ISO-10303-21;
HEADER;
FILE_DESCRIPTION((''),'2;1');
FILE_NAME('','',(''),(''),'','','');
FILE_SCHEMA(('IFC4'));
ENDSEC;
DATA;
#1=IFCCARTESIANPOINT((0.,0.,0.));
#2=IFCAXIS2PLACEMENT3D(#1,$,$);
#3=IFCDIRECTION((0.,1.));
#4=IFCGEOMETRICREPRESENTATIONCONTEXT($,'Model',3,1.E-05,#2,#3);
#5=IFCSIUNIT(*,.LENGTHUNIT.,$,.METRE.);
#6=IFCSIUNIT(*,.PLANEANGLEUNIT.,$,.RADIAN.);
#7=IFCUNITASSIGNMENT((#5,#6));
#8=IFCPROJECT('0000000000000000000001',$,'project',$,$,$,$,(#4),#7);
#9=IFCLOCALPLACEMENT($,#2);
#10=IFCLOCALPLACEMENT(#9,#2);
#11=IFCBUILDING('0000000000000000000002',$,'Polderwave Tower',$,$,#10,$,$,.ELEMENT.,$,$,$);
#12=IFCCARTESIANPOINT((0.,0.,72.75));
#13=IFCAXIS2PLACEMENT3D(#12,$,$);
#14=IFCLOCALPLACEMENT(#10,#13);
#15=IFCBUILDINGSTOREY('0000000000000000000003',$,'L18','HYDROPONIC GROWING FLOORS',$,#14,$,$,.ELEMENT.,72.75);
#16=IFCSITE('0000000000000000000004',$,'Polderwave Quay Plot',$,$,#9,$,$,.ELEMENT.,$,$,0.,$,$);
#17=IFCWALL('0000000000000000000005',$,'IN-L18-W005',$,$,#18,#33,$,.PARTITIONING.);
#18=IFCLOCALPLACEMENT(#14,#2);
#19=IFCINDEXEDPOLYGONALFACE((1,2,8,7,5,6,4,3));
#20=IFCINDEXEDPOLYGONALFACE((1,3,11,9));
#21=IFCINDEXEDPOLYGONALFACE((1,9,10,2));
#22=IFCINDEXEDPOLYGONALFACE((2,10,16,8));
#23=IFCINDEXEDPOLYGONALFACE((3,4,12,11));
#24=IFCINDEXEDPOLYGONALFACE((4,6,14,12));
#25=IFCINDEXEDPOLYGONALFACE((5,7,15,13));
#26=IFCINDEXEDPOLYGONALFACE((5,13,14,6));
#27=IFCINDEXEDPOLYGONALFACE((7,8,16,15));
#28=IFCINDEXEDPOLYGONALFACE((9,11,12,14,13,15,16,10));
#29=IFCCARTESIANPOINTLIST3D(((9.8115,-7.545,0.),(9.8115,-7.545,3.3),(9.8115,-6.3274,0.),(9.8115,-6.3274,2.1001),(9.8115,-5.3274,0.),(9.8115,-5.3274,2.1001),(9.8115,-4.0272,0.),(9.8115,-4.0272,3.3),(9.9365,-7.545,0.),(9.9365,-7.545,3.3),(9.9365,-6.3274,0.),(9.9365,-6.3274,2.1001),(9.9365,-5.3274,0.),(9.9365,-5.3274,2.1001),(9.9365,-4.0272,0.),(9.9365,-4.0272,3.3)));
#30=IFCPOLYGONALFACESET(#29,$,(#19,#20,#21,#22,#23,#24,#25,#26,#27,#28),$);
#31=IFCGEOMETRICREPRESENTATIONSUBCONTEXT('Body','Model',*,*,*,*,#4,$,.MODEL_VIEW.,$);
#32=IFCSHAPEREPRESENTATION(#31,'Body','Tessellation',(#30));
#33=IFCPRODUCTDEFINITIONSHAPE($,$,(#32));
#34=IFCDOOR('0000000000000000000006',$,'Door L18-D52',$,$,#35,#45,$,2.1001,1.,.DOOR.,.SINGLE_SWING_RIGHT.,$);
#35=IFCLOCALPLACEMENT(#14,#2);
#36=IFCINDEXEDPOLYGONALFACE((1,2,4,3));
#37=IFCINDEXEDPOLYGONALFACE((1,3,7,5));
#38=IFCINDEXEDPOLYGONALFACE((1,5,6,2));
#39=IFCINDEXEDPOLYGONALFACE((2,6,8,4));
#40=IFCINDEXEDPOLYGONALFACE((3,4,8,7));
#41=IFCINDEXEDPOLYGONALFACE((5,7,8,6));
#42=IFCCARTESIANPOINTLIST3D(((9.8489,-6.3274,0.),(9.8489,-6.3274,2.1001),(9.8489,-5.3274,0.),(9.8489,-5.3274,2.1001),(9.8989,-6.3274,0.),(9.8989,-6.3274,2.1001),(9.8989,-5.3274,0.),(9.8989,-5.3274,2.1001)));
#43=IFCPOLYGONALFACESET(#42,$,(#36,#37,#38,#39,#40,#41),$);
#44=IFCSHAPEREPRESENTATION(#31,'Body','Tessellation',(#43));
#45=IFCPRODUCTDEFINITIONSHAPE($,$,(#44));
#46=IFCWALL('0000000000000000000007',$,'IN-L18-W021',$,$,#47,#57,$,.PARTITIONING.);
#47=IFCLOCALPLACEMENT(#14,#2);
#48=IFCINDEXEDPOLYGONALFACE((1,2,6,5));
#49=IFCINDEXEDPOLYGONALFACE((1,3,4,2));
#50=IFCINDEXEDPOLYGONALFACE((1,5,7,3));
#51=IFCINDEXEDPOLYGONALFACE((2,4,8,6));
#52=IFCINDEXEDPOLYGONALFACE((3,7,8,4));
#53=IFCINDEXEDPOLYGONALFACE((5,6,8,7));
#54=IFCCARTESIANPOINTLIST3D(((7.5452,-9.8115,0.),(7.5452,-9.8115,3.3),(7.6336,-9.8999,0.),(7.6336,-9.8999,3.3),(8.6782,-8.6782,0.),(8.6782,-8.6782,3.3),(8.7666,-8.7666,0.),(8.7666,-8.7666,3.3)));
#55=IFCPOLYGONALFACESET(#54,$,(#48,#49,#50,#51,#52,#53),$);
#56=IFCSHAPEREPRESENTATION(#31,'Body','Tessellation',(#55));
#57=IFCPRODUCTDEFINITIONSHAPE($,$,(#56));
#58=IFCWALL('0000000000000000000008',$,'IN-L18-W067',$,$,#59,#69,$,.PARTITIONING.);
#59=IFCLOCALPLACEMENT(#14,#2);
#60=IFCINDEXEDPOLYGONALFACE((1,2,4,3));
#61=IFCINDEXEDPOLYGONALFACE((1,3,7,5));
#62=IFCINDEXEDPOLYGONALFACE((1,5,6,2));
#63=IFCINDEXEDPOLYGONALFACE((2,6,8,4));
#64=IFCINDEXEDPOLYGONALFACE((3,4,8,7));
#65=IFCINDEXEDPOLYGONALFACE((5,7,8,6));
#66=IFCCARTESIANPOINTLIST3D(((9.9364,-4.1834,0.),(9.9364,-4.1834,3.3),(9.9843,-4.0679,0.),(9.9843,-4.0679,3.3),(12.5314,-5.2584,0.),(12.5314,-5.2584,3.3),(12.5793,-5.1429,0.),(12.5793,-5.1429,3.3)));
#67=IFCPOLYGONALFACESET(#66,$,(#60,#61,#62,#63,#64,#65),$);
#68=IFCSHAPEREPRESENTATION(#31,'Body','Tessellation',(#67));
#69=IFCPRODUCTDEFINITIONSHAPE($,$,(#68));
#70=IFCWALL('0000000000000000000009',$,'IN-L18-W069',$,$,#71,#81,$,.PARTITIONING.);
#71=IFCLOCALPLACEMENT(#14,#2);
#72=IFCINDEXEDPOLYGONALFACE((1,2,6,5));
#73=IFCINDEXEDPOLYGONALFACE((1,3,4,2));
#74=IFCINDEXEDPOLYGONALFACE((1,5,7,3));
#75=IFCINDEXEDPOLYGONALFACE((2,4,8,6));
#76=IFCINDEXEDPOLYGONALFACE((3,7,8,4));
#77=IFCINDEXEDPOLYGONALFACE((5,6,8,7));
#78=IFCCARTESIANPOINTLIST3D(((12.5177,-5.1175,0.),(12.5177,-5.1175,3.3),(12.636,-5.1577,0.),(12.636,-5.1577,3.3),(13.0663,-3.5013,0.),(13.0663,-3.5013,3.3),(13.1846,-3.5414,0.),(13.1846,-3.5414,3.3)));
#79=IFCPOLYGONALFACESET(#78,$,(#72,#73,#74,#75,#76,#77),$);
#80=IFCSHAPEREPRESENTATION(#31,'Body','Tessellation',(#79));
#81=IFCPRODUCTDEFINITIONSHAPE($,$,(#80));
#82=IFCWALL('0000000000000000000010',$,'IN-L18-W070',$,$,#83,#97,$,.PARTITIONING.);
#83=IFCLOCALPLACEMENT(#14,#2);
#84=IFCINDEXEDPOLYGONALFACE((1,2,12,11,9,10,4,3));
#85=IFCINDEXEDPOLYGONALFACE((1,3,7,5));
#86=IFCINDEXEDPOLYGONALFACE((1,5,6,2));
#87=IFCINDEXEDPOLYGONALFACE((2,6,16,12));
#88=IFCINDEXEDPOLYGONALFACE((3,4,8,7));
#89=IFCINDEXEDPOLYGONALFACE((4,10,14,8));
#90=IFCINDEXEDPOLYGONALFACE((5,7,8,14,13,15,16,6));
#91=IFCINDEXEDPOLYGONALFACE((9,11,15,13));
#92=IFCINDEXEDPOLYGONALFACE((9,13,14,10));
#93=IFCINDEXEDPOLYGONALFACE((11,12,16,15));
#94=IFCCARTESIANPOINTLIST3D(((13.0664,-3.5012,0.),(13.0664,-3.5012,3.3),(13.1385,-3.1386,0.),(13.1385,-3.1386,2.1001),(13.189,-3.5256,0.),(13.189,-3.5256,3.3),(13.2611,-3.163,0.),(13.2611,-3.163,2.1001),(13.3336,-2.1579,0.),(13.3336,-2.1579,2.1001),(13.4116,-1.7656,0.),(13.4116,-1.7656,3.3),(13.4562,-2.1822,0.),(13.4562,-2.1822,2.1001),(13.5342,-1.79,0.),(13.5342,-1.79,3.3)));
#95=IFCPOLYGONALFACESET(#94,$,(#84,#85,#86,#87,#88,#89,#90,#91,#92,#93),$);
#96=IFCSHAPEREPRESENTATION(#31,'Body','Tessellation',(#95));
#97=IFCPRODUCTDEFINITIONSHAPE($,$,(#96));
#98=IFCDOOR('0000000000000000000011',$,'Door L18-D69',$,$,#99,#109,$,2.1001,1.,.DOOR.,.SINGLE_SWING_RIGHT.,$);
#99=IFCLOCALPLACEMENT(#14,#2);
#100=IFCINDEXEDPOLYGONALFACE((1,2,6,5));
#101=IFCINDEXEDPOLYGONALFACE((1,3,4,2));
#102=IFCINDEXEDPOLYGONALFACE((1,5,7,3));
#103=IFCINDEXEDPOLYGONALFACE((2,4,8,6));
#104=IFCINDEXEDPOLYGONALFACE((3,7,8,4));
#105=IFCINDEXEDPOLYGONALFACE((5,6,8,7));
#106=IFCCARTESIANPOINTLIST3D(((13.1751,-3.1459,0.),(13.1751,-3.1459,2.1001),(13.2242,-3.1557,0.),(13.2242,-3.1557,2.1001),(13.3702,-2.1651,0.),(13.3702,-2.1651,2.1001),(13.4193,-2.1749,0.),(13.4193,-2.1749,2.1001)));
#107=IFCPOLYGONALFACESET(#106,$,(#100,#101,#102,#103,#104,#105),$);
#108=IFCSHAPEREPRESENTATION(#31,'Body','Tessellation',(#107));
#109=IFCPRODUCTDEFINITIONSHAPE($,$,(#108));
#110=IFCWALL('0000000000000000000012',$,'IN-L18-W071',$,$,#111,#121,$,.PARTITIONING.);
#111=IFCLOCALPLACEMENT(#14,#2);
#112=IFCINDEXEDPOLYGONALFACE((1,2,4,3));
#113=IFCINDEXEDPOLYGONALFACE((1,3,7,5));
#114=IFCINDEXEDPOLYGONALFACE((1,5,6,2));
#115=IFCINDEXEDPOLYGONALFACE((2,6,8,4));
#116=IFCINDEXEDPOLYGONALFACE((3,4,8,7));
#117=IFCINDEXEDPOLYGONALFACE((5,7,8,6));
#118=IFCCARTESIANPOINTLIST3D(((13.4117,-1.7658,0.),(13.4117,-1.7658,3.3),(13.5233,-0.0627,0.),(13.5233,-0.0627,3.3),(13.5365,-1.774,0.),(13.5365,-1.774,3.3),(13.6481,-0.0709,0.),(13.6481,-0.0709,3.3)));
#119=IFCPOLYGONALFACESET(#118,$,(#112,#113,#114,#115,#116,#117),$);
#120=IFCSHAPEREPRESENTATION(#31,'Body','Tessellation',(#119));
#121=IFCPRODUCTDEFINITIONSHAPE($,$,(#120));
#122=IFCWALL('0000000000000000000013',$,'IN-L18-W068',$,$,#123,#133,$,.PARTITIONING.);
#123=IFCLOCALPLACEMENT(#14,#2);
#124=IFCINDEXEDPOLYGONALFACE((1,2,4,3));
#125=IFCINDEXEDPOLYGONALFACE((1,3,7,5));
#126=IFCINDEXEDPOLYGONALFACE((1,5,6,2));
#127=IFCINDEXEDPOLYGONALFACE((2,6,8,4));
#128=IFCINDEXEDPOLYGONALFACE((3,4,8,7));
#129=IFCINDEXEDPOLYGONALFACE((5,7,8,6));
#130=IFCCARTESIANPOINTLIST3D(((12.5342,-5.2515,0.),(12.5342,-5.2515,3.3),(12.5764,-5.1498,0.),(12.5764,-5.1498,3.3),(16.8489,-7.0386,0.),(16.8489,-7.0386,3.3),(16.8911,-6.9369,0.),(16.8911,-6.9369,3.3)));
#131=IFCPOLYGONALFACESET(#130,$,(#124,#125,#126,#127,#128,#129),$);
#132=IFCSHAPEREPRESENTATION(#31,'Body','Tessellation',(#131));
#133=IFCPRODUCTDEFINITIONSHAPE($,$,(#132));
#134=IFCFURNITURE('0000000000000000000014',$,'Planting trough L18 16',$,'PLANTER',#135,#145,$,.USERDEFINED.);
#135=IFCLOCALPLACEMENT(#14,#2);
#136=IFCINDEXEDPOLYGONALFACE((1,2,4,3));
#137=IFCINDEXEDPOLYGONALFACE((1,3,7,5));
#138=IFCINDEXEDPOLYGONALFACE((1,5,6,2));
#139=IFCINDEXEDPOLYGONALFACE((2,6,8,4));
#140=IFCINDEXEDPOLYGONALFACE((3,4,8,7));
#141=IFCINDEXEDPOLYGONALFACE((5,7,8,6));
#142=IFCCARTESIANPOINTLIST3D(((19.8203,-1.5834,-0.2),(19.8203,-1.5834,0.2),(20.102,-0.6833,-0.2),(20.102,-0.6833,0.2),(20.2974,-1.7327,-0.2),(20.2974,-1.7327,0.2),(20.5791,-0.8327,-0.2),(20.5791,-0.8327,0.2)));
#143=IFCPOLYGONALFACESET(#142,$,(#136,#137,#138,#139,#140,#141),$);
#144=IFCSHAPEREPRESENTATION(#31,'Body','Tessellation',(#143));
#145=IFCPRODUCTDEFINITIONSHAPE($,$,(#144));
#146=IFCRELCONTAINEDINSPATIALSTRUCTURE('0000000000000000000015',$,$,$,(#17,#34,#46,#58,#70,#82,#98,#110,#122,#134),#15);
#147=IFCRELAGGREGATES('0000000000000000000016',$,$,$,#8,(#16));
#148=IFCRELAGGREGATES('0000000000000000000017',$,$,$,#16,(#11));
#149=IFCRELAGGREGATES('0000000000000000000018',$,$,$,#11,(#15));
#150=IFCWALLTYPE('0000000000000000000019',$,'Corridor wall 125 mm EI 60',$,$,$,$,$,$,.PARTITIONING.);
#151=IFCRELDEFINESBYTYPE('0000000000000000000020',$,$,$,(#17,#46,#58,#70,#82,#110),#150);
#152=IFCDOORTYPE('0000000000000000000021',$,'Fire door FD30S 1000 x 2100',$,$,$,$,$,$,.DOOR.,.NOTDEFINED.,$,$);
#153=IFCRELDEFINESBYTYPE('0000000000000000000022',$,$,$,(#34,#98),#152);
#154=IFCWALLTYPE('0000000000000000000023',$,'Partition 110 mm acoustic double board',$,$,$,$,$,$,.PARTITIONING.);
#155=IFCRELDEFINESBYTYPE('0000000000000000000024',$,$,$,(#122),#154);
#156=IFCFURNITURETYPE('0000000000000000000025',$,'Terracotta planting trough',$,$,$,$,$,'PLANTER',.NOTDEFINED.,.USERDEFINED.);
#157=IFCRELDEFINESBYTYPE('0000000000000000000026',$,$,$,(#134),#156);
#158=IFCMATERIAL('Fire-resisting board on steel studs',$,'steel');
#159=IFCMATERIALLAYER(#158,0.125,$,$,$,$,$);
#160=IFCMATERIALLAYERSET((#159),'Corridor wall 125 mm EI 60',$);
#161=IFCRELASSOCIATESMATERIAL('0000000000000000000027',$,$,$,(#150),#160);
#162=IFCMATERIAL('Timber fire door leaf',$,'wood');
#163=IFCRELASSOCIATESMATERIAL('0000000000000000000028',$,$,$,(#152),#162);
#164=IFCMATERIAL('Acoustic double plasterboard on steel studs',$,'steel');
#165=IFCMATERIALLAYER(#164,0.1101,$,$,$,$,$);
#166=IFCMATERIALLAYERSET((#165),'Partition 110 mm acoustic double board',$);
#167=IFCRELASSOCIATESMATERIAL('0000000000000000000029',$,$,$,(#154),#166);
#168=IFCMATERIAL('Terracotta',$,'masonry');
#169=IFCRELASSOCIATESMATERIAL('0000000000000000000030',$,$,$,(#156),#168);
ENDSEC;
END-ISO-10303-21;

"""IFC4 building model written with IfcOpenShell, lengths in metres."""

from ifc_helpers import new_model, si_unit, direction, frame, frame_2d, origin, origin_2d, place, context, subcontext, project, spatial, rectangle, extrude, material, layer, layer_set, type_object, element, fill, save


model = new_model("IFC4")

# Units and contexts
model_context = context("Model", 3, precision=1e-05, world=origin(), true_north=direction((0.0, 1.0)))
body_context = subcontext(model_context, "Body", "Model", "MODEL_VIEW")
ifc_project = project(units=[si_unit("LENGTHUNIT", "METRE"), si_unit("PLANEANGLEUNIT", "RADIAN")], contexts=[model_context])

# Site, building, storey
site_placement = place(None, origin())
site = spatial("IfcSite", under=ifc_project, at=site_placement, Name="Polderwave Quay Plot", CompositionType="ELEMENT", RefElevation=0.0)
building_placement = place(site_placement, origin())
building = spatial("IfcBuilding", under=site, at=building_placement, Name="Polderwave Tower", CompositionType="ELEMENT")
storey_placement = place(building_placement, frame((0.0, 0.0, 72.75)))
storey = spatial("IfcBuildingStorey", under=building, at=storey_placement, Name="L18", Description="HYDROPONIC GROWING FLOORS", CompositionType="ELEMENT", Elevation=72.75)

# Shared definitions
ifc_material_1 = material(Name="Fire-resisting board on steel studs", Category="steel")
ifc_layer_1 = layer(ifc_material_1, 0.125)
ifc_layer_set_1 = layer_set([ifc_layer_1], Name="Corridor wall 125 mm EI 60")
wall_type_1 = type_object("IfcWallType", Name="Corridor wall 125 mm EI 60", PredefinedType="PARTITIONING", material=ifc_layer_set_1)

# Wall, opening, door
wall_1_placement = place(storey_placement, frame((9.874, -4.0273, 0.0), z_axis=(0.0, 0.0, 1.0), x_axis=(0.0, -1.0, 0.0)))
wall_1 = element("IfcWall", 1, at=wall_1_placement, inside=storey, type_object=wall_type_1, Name="IN-L18-W005", PredefinedType="PARTITIONING", context=body_context, shape_type="SweptSolid", body=[
    extrude(rectangle(XDim=3.5178, YDim=0.125, at=frame_2d((1.7588, 0.0))), origin(), (0.0, 0.0, 1.0), 3.3),
])
opening_1_placement = place(wall_1_placement, frame((1.3, 0.0, 0.0)))
opening_1 = element("IfcOpeningElement", 2, at=opening_1_placement, cuts=wall_1, PredefinedType="OPENING", context=body_context, shape_type="SweptSolid", body=[
    extrude(rectangle(XDim=1.0, YDim=2.1001, at=frame_2d((0.5, 1.05))), frame((0.0, 0.0725, 0.0), z_axis=(0.0, -1.0, 0.0), x_axis=(1.0, 0.0, 0.0)), (0.0, 0.0, 1.0), 0.145),
])
ifc_material_2 = material(Name="Timber fire door leaf", Category="wood")
door_type = type_object("IfcDoorType", Name="Fire door FD30S 1000 x 2100", OperationType="NOTDEFINED", PredefinedType="DOOR", material=ifc_material_2)
door_1_placement = place(opening_1_placement, origin())
door_1 = element("IfcDoor", 3, at=door_1_placement, inside=storey, type_object=door_type, Name="Door L18-D52", OperationType="SINGLE_SWING_RIGHT", OverallHeight=2.1001, OverallWidth=1.0, PredefinedType="DOOR", context=body_context, shape_type="SweptSolid", body=[
    extrude(rectangle(XDim=1.0, YDim=2.1001, at=frame_2d((0.5, 1.05))), frame((0.0, 0.0249, 0.0), z_axis=(0.0, -1.0, 0.0), x_axis=(1.0, 0.0, 0.0)), (0.0, 0.0, 1.0), 0.05),
])
fill(opening_1, door_1)

# Walls
wall_2_placement = place(storey_placement, frame((8.7224, -8.7224, 0.0), z_axis=(0.0, 0.0, 1.0), x_axis=(-0.707031, -0.707183, 0.0)))
element("IfcWall", 4, at=wall_2_placement, inside=storey, type_object=wall_type_1, Name="IN-L18-W021", PredefinedType="PARTITIONING", context=body_context, shape_type="SweptSolid", body=[
    extrude(rectangle(XDim=1.6025, YDim=0.125, at=frame_2d((0.8013, 0.0))), origin(), (0.0, 0.0, 1.0), 3.3),
])
wall_3_placement = place(storey_placement, frame((9.9604, -4.1257, 0.0), z_axis=(0.0, 0.0, 1.0), x_axis=(0.92387, -0.382707, 0.0)))
element("IfcWall", 5, at=wall_3_placement, inside=storey, type_object=wall_type_1, Name="IN-L18-W067", PredefinedType="PARTITIONING", context=body_context, shape_type="SweptSolid", body=[
    extrude(rectangle(XDim=2.8088, YDim=0.125, at=frame_2d((1.4043, 0.0))), origin(), (0.0, 0.0, 1.0), 3.3),
])
wall_4_placement = place(storey_placement, frame((13.1255, -3.5212, 0.0), z_axis=(0.0, 0.0, 1.0), x_axis=(-0.321415, -0.946938, 0.0)))
element("IfcWall", 6, at=wall_4_placement, inside=storey, type_object=wall_type_1, Name="IN-L18-W069", PredefinedType="PARTITIONING", context=body_context, shape_type="SweptSolid", body=[
    extrude(rectangle(XDim=1.7068, YDim=0.125, at=frame_2d((0.8535, 0.0))), origin(), (0.0, 0.0, 1.0), 3.3),
])

# Wall, opening, door
wall_5_placement = place(storey_placement, frame((13.4729, -1.7778, 0.0), z_axis=(0.0, 0.0, 1.0), x_axis=(-0.195081, -0.980787, 0.0)))
wall_5 = element("IfcWall", 7, at=wall_5_placement, inside=storey, type_object=wall_type_1, Name="IN-L18-W070", PredefinedType="PARTITIONING", context=body_context, shape_type="SweptSolid", body=[
    extrude(rectangle(XDim=1.7695, YDim=0.125, at=frame_2d((0.8848, 0.0))), origin(), (0.0, 0.0, 1.0), 3.3),
])
opening_2_placement = place(wall_5_placement, frame((0.3999, 0.0, 0.0)))
opening_2 = element("IfcOpeningElement", 8, at=opening_2_placement, cuts=wall_5, PredefinedType="OPENING", context=body_context, shape_type="SweptSolid", body=[
    extrude(rectangle(XDim=1.0, YDim=2.1001, at=frame_2d((0.5, 1.05))), frame((0.0, 0.0725, 0.0), z_axis=(0.0, -1.0, 0.0), x_axis=(1.0, 0.0, 0.0)), (0.0, 0.0, 1.0), 0.145),
])
door_2_placement = place(opening_2_placement, origin())
door_2 = element("IfcDoor", 9, at=door_2_placement, inside=storey, type_object=door_type, Name="Door L18-D69", OperationType="SINGLE_SWING_RIGHT", OverallHeight=2.1001, OverallWidth=1.0, PredefinedType="DOOR", context=body_context, shape_type="SweptSolid", body=[
    extrude(rectangle(XDim=1.0, YDim=2.1001, at=frame_2d((0.5, 1.05))), frame((0.0, 0.0249, 0.0), z_axis=(0.0, -1.0, 0.0), x_axis=(1.0, 0.0, 0.0)), (0.0, 0.0, 1.0), 0.05),
])
fill(opening_2, door_2)

# Walls
wall_6_placement = place(storey_placement, frame((13.5857, -0.0667, 0.0), z_axis=(0.0, 0.0, 1.0), x_axis=(-0.06537, -0.997861, 0.0)))
element("IfcWall", 10, at=wall_6_placement, inside=storey, type_object=wall_type_1, Name="IN-L18-W071", PredefinedType="PARTITIONING", context=body_context, shape_type="SweptSolid", body=[
    extrude(rectangle(XDim=1.7068, YDim=0.125, at=frame_2d((0.8535, 0.0))), origin(), (0.0, 0.0, 1.0), 3.3),
])
ifc_material_3 = material(Name="Acoustic double plasterboard on steel studs", Category="steel")
ifc_layer_2 = layer(ifc_material_3, 0.1101)
ifc_layer_set_2 = layer_set([ifc_layer_2], Name="Partition 110 mm acoustic double board")
wall_type_2 = type_object("IfcWallType", Name="Partition 110 mm acoustic double board", PredefinedType="PARTITIONING", material=ifc_layer_set_2)
wall_7_placement = place(storey_placement, frame((12.5554, -5.2007, 0.0), z_axis=(0.0, 0.0, 1.0), x_axis=(0.923887, -0.382666, 0.0)))
element("IfcWall", 11, at=wall_7_placement, inside=storey, type_object=wall_type_2, Name="IN-L18-W068", PredefinedType="PARTITIONING", context=body_context, shape_type="SweptSolid", body=[
    extrude(rectangle(XDim=4.6702, YDim=0.1101, at=frame_2d((2.335, 0.0))), origin(), (0.0, 0.0, 1.0), 3.3),
])

# Furniture
ifc_material_4 = material(Name="Terracotta", Category="masonry")
furniture_type = type_object("IfcFurnitureType", Name="Terracotta planting trough", ElementType="PLANTER", AssemblyPlace="NOTDEFINED", PredefinedType="USERDEFINED", material=ifc_material_4)
furniture_placement = place(storey_placement, frame((20.1997, -1.208, -0.2), z_axis=(0.0, 0.0, 1.0), x_axis=(0.298694, 0.954349, 0.0)))
element("IfcFurniture", 12, at=furniture_placement, inside=storey, type_object=furniture_type, Name="Planting trough L18 16", ObjectType="PLANTER", PredefinedType="USERDEFINED", context=body_context, shape_type="SweptSolid", body=[
    extrude(rectangle(XDim=0.9431, YDim=0.5, at=origin_2d()), origin(), (0.0, 0.0, 1.0), 0.3999),
])

save(model, "model.ifc")
